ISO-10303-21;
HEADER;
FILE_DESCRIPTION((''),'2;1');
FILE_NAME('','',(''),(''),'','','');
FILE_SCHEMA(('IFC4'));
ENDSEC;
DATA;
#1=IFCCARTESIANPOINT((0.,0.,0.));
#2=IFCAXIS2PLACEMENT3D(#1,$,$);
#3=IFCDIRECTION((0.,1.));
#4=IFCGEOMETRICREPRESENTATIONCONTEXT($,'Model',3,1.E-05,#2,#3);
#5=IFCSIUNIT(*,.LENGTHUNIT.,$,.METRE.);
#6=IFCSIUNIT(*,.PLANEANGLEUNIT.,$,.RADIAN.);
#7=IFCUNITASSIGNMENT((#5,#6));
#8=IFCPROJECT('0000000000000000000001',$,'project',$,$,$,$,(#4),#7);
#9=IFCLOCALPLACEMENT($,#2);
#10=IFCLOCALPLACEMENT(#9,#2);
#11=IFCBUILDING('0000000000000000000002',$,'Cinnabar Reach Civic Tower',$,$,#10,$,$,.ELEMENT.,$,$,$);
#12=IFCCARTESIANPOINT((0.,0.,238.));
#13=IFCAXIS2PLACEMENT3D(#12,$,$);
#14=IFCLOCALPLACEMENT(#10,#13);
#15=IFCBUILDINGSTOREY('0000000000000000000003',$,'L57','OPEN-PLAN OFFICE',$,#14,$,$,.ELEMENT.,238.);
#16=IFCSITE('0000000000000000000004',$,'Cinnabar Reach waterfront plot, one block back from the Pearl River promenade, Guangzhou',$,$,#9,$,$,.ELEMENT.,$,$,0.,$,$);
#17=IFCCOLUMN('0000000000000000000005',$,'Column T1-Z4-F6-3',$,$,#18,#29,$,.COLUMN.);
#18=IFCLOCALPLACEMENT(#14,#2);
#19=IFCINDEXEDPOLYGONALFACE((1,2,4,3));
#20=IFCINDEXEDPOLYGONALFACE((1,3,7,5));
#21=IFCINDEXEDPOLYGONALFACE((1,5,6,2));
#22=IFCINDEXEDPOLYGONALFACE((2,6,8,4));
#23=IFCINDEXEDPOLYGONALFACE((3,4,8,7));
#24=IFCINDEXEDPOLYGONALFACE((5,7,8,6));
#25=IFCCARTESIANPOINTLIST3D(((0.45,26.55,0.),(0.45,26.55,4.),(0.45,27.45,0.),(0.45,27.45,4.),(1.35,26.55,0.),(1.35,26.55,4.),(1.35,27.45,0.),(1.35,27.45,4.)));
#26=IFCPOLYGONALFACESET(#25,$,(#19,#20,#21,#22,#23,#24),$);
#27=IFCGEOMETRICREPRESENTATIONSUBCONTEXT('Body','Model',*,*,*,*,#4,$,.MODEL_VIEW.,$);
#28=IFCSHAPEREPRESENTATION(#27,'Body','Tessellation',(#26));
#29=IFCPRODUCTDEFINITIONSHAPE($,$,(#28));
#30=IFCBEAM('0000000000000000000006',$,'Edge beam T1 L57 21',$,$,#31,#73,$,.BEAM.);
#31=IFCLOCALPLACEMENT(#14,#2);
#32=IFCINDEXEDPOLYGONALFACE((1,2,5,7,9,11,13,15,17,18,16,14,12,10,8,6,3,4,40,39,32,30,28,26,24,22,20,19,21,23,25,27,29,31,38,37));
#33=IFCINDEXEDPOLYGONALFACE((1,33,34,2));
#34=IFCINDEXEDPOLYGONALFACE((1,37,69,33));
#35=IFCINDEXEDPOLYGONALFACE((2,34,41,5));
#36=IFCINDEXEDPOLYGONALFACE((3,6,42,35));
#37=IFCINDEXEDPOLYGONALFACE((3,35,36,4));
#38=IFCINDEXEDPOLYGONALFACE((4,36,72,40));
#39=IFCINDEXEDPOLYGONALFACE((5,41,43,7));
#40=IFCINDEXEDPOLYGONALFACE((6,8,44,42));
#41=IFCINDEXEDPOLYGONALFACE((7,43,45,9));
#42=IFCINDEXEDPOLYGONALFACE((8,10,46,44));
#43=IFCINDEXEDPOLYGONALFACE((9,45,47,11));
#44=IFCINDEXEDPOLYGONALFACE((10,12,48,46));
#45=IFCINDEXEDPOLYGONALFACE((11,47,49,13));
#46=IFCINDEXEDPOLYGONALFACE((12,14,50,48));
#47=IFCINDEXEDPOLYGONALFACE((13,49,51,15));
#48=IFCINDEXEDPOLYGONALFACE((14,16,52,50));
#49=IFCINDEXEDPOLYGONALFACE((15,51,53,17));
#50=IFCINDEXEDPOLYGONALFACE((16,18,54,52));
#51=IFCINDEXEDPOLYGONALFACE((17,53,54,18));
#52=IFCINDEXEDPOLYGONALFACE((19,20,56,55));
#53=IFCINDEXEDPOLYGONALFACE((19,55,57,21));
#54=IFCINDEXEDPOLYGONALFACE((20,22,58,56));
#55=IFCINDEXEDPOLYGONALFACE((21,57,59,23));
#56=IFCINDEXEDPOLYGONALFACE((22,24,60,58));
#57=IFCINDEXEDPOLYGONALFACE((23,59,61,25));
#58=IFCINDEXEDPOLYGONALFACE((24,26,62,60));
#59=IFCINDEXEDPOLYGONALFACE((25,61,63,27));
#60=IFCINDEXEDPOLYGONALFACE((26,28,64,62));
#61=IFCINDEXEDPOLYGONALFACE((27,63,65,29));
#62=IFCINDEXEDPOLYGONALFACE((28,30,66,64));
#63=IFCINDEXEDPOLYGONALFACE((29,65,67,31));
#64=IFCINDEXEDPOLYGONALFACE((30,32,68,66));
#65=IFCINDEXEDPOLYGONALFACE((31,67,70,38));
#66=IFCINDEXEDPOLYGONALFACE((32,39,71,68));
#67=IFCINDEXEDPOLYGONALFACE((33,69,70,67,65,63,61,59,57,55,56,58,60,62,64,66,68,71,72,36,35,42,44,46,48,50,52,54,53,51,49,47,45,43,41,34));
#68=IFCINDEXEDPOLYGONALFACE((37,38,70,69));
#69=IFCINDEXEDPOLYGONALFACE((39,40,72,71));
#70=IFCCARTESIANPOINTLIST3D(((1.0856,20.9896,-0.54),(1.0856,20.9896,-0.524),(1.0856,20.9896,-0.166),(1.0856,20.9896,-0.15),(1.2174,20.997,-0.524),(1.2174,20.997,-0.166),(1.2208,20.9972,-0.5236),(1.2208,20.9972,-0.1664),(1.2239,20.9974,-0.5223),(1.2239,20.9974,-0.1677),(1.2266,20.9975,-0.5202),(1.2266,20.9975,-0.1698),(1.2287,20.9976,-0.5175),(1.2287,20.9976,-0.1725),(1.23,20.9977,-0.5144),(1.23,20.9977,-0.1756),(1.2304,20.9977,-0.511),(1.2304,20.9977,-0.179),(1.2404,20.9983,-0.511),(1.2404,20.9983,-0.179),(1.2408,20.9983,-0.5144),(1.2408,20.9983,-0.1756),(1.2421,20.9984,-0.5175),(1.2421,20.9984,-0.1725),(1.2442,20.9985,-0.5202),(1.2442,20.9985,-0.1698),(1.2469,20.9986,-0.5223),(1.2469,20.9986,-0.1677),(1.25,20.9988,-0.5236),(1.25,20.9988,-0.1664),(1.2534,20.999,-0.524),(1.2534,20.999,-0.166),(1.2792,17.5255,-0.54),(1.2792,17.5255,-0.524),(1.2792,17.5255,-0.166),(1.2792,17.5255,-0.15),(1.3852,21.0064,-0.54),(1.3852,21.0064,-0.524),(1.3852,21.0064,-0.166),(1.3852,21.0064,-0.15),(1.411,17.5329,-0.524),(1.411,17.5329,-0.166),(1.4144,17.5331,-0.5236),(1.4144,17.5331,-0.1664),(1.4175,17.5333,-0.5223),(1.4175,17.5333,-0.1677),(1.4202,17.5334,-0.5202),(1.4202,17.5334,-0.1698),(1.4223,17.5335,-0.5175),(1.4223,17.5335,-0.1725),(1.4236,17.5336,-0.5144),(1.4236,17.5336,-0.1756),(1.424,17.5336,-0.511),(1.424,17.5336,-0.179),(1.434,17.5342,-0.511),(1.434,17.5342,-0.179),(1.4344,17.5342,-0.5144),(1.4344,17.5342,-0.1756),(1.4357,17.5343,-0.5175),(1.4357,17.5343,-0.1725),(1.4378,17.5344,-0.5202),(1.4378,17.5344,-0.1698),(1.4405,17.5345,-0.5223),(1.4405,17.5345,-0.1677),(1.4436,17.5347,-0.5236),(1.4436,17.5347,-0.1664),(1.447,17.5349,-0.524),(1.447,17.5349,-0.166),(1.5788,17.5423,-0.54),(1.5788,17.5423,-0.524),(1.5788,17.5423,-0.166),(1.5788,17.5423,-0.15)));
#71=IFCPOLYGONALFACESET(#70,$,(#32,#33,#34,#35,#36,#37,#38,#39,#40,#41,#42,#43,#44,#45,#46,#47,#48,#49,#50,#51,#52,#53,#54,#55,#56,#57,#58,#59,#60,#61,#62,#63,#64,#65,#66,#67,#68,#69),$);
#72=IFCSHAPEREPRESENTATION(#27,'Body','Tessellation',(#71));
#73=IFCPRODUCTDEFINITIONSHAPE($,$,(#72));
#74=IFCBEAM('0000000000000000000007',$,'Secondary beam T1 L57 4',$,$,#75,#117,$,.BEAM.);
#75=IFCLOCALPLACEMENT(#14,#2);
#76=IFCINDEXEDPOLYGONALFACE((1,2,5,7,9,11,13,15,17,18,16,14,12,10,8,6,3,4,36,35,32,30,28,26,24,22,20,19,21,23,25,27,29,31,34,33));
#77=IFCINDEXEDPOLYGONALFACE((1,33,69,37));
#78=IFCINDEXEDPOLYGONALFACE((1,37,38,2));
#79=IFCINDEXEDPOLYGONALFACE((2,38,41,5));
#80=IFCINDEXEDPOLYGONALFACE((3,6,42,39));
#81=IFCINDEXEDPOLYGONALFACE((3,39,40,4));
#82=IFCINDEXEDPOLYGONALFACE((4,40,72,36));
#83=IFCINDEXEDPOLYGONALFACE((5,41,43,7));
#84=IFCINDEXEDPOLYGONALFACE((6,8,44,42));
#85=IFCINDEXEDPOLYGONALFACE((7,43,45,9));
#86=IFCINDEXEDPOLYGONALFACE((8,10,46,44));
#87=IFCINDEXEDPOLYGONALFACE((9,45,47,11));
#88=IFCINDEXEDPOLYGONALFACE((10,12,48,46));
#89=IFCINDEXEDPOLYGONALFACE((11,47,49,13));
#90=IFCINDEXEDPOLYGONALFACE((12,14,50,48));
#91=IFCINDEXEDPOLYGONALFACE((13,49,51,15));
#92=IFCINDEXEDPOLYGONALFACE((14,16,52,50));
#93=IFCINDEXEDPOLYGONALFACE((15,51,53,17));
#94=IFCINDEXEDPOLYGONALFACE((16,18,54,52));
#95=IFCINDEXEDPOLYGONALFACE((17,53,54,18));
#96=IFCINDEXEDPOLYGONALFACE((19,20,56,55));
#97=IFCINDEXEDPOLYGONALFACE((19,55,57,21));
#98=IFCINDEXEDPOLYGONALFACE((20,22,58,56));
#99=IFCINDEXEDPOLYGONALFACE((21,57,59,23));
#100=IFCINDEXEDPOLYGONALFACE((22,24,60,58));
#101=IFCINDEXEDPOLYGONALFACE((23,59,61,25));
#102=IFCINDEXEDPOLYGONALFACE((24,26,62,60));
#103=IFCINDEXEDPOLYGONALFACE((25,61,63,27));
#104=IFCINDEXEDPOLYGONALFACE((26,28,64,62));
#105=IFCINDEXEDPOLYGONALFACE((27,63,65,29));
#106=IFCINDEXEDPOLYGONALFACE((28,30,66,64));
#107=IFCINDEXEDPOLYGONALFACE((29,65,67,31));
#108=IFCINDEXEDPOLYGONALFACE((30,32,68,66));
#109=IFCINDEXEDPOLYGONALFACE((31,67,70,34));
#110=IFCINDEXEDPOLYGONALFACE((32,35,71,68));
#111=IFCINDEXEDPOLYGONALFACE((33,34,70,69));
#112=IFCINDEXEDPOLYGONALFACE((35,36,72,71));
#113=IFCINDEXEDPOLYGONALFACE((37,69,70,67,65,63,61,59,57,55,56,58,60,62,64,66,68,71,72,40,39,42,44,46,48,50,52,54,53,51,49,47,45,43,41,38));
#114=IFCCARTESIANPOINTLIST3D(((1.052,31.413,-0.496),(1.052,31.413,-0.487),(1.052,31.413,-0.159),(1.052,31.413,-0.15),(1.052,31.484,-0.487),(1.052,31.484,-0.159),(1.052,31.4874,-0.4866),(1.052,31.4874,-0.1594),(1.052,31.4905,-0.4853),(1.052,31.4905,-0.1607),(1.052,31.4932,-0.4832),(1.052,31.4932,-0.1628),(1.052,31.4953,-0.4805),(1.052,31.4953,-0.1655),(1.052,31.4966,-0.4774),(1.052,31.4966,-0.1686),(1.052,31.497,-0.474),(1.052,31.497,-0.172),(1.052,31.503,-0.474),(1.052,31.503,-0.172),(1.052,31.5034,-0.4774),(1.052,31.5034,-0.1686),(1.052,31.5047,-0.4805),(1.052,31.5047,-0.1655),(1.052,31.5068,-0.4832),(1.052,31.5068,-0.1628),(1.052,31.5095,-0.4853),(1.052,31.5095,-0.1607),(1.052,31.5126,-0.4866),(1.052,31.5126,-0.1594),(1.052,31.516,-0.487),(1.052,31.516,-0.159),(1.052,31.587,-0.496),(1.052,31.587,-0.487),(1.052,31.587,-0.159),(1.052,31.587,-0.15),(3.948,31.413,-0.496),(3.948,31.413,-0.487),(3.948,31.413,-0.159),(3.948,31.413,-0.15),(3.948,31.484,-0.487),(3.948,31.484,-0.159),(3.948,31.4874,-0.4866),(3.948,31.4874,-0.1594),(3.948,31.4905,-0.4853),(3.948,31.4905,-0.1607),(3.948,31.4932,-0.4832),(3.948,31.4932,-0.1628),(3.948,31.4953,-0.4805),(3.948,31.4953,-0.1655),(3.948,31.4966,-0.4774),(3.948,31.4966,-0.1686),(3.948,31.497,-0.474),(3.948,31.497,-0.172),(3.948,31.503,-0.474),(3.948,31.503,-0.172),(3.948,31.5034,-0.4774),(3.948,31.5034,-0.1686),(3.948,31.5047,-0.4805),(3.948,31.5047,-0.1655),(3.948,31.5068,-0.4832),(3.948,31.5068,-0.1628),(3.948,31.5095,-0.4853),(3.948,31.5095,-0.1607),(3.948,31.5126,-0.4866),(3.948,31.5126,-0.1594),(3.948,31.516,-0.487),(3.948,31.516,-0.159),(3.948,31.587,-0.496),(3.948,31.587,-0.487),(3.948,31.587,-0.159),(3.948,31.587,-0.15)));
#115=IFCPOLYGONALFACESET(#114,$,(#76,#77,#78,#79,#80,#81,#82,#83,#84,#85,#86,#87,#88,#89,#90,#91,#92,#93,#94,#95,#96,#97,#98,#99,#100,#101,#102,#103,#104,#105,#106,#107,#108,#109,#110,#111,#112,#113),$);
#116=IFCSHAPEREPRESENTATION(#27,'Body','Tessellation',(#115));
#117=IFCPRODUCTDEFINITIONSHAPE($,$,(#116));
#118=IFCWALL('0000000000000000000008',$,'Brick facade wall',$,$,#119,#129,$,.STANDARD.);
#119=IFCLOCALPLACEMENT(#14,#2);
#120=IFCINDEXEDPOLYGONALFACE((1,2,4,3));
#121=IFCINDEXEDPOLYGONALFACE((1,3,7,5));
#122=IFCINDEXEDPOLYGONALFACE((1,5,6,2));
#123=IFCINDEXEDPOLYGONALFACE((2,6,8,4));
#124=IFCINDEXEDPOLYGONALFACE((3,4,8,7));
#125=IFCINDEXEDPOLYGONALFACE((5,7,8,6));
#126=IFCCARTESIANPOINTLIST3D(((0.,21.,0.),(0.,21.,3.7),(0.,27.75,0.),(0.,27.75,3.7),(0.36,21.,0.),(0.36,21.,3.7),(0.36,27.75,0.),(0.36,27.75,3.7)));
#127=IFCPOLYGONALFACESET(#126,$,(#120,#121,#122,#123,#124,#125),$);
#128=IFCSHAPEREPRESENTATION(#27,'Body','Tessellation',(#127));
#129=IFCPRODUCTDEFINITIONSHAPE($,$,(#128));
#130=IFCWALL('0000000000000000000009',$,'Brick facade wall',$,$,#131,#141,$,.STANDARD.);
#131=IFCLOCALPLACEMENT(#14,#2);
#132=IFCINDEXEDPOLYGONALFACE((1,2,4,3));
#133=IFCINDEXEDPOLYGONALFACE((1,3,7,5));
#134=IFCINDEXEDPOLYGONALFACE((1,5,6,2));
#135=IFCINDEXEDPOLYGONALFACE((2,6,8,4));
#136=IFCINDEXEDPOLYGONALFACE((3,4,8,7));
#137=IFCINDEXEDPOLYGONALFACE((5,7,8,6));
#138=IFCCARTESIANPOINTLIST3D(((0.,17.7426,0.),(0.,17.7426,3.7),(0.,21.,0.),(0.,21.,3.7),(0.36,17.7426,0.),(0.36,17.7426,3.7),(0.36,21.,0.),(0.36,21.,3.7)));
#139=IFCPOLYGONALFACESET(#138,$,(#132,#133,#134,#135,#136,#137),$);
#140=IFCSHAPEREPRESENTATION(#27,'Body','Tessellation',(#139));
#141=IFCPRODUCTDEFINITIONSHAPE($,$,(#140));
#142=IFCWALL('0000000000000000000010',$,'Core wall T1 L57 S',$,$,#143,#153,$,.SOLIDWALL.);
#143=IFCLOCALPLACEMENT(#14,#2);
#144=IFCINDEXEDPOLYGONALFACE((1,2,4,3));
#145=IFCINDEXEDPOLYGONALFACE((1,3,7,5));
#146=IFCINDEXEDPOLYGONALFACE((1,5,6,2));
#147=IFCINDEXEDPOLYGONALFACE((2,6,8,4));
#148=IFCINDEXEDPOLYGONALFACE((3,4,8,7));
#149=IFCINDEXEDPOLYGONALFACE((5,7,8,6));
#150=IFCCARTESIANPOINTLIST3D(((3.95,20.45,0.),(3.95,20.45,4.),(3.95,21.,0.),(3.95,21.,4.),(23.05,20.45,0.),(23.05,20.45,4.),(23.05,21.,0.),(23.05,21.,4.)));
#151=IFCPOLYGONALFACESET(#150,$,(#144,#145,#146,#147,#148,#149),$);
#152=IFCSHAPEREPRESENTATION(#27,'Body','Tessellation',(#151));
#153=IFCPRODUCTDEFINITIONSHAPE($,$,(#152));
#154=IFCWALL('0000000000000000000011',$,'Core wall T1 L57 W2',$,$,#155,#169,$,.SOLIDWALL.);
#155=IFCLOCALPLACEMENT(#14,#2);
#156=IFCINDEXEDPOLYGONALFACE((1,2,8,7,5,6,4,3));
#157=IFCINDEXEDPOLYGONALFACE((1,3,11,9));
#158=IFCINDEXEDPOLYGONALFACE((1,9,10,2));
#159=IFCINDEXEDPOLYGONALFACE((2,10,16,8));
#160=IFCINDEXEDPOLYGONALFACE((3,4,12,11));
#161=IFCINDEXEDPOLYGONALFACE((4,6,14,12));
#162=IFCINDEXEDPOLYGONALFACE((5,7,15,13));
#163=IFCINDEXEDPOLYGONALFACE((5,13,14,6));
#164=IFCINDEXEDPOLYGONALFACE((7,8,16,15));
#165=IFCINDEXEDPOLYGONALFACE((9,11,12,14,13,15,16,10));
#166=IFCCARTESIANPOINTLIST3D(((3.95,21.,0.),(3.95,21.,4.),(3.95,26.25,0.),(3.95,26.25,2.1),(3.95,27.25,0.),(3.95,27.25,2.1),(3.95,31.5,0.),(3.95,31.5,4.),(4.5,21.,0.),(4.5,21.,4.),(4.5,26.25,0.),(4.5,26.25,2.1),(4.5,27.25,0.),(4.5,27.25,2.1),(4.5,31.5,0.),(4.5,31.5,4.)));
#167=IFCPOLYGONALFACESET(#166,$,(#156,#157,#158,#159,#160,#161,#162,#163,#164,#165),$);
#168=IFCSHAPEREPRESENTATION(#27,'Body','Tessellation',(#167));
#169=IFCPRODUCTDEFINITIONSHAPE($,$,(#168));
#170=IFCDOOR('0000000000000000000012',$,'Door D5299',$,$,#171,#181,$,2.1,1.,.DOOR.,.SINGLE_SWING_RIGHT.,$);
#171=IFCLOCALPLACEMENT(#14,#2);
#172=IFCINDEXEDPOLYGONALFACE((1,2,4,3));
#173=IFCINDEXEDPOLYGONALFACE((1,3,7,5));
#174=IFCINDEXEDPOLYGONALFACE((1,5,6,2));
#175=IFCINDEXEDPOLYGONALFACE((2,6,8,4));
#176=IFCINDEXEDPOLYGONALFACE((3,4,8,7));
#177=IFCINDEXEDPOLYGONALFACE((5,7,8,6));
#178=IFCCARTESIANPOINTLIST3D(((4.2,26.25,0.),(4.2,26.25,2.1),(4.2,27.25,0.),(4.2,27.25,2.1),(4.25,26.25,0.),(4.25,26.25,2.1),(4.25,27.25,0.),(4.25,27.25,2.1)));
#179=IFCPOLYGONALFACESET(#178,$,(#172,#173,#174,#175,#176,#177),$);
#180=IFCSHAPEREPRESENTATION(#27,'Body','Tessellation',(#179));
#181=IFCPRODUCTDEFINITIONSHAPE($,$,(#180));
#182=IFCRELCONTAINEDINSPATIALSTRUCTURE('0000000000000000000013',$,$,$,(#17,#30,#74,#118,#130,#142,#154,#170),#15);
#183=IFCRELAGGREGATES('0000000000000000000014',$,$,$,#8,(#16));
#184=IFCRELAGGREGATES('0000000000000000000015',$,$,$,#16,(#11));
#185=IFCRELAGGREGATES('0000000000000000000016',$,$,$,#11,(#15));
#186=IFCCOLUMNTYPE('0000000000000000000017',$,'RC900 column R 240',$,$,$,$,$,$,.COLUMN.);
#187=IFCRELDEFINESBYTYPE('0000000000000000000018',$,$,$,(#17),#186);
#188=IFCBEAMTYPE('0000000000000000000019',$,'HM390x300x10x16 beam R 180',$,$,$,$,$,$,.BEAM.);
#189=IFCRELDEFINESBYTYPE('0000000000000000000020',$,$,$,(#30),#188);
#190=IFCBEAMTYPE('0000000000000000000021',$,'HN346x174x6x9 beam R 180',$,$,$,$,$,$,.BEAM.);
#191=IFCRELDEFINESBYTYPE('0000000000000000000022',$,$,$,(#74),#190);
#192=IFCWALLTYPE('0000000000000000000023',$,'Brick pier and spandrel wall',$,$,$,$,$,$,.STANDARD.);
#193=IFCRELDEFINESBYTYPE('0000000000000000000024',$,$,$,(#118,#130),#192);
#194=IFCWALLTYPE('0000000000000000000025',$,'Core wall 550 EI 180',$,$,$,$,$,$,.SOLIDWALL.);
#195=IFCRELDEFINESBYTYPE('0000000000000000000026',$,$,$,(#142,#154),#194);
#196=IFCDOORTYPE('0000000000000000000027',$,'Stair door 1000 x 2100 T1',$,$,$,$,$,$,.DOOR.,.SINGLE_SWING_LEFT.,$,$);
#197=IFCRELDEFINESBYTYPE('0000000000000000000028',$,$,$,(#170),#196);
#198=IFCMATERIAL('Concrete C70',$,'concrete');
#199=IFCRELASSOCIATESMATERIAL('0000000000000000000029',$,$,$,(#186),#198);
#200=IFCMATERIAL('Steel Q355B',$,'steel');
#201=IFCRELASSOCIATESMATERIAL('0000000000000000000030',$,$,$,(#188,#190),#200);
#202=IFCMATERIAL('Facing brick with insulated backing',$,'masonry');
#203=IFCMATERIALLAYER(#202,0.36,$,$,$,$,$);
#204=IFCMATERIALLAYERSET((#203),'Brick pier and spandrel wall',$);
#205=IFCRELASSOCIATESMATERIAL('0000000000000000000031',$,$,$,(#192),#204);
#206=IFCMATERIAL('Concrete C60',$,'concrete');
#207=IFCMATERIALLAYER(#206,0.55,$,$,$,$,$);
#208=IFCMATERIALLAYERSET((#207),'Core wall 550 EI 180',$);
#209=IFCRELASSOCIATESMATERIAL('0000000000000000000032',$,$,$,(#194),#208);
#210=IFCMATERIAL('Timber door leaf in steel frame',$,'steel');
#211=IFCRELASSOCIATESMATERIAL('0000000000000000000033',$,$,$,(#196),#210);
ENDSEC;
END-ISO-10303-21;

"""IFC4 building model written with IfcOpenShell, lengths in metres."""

from ifc_helpers import new_model, si_unit, direction, frame, frame_2d, origin, origin_2d, place, context, subcontext, project, spatial, rectangle, i_section, extrude, material, layer, layer_set, material_profile, profile_set, type_object, element, fill, save


model = new_model("IFC4")

# Units and contexts
model_context = context("Model", 3, precision=1e-05, world=origin(), true_north=direction((0.0, 1.0)))
body_context = subcontext(model_context, "Body", "Model", "MODEL_VIEW")
ifc_project = project(units=[si_unit("LENGTHUNIT", "METRE"), si_unit("PLANEANGLEUNIT", "RADIAN")], contexts=[model_context])

# Site, building, storey
site_placement = place(None, origin())
site = spatial("IfcSite", under=ifc_project, at=site_placement, Name="Cinnabar Reach waterfront plot, one block back from the Pearl River promenade, Guangzhou", CompositionType="ELEMENT", RefElevation=0.0)
building_placement = place(site_placement, origin())
building = spatial("IfcBuilding", under=site, at=building_placement, Name="Cinnabar Reach Civic Tower", CompositionType="ELEMENT")
storey_placement = place(building_placement, frame((0.0, 0.0, 238.0)))
storey = spatial("IfcBuildingStorey", under=building, at=storey_placement, Name="L57", Description="OPEN-PLAN OFFICE", CompositionType="ELEMENT", Elevation=238.0)

# Column
ifc_material_1 = material(Name="Concrete C70", Category="concrete")
ifc_material_profile_1 = material_profile(ifc_material_1, rectangle(XDim=0.9, YDim=0.9, at=origin_2d()), Name="RC900")
ifc_profile_set_1 = profile_set([ifc_material_profile_1], Name="Concrete C70")
column_type = type_object("IfcColumnType", Name="RC900 column R 240", PredefinedType="COLUMN", material=ifc_profile_set_1)
column_placement = place(storey_placement, frame((0.9, 27.0, 0.0), z_axis=(0.0, 0.0, 1.0), x_axis=(1.0, 0.0, 0.0)))
element("IfcColumn", 1, at=column_placement, inside=storey, type_object=column_type, Name="Column T1-Z4-F6-3", PredefinedType="COLUMN", context=body_context, shape_type="SweptSolid", body=[
    extrude(rectangle(XDim=0.9, YDim=0.9, at=origin_2d()), origin(), (0.0, 0.0, 1.0), 4.0),
])

# Beams
ifc_material_2 = material(Name="Steel Q355B", Category="steel")
ifc_material_profile_2 = material_profile(ifc_material_2, i_section(OverallWidth=0.3, OverallDepth=0.39, WebThickness=0.01, FlangeThickness=0.016, FilletRadius=0.013, at=origin_2d()), Name="HM390x300x10x16")
ifc_profile_set_2 = profile_set([ifc_material_profile_2], Name="Steel Q355B")
beam_type_1 = type_object("IfcBeamType", Name="HM390x300x10x16 beam R 180", PredefinedType="BEAM", material=ifc_profile_set_2)
beam_1_placement = place(storey_placement, frame((1.2354, 20.998, -0.345), z_axis=(0.0558, -0.998442, 0.0), x_axis=(0.998442, 0.0558, 0.0)))
element("IfcBeam", 2, at=beam_1_placement, inside=storey, type_object=beam_type_1, Name="Edge beam T1 L57 21", PredefinedType="BEAM", context=body_context, shape_type="SweptSolid", body=[
    extrude(i_section(OverallWidth=0.3, OverallDepth=0.39, WebThickness=0.01, FlangeThickness=0.016, FilletRadius=0.013, at=origin_2d()), origin(), (0.0, 0.0, 1.0), 3.4695),
])
ifc_material_profile_3 = material_profile(ifc_material_2, i_section(OverallWidth=0.174, OverallDepth=0.346, WebThickness=0.006, FlangeThickness=0.009, FilletRadius=0.013, at=origin_2d()), Name="HN346x174x6x9")
ifc_profile_set_3 = profile_set([ifc_material_profile_3], Name="Steel Q355B")
beam_type_2 = type_object("IfcBeamType", Name="HN346x174x6x9 beam R 180", PredefinedType="BEAM", material=ifc_profile_set_3)
beam_2_placement = place(storey_placement, frame((1.052, 31.5, -0.323), z_axis=(1.0, 0.0, 0.0), x_axis=(0.0, 1.0, 0.0)))
element("IfcBeam", 3, at=beam_2_placement, inside=storey, type_object=beam_type_2, Name="Secondary beam T1 L57 4", PredefinedType="BEAM", context=body_context, shape_type="SweptSolid", body=[
    extrude(i_section(OverallWidth=0.174, OverallDepth=0.346, WebThickness=0.006, FlangeThickness=0.009, FilletRadius=0.013, at=origin_2d()), origin(), (0.0, 0.0, 1.0), 2.896),
])

# Walls
ifc_material_3 = material(Name="Facing brick with insulated backing", Category="masonry")
ifc_layer_1 = layer(ifc_material_3, 0.36)
ifc_layer_set_1 = layer_set([ifc_layer_1], Name="Brick pier and spandrel wall")
wall_type_1 = type_object("IfcWallType", Name="Brick pier and spandrel wall", PredefinedType="STANDARD", material=ifc_layer_set_1)
wall_1_placement = place(storey_placement, frame((0.18, 27.75, 0.0), z_axis=(0.0, 0.0, 1.0), x_axis=(0.0, -1.0, 0.0)))
element("IfcWall", 4, at=wall_1_placement, inside=storey, type_object=wall_type_1, Name="Brick facade wall", PredefinedType="STANDARD", context=body_context, shape_type="SweptSolid", body=[
    extrude(rectangle(XDim=6.75, YDim=0.36, at=frame_2d((3.375, 0.0))), origin(), (0.0, 0.0, 1.0), 3.7),
])
wall_2_placement = place(storey_placement, frame((0.18, 21.0, 0.0), z_axis=(0.0, 0.0, 1.0), x_axis=(0.0, -1.0, 0.0)))
element("IfcWall", 5, at=wall_2_placement, inside=storey, type_object=wall_type_1, Name="Brick facade wall", PredefinedType="STANDARD", context=body_context, shape_type="SweptSolid", body=[
    extrude(rectangle(XDim=3.2574, YDim=0.36, at=frame_2d((1.6287, 0.0))), origin(), (0.0, 0.0, 1.0), 3.7),
])
ifc_material_4 = material(Name="Concrete C60", Category="concrete")
ifc_layer_2 = layer(ifc_material_4, 0.55)
ifc_layer_set_2 = layer_set([ifc_layer_2], Name="Core wall 550 EI 180")
wall_type_2 = type_object("IfcWallType", Name="Core wall 550 EI 180", PredefinedType="SOLIDWALL", material=ifc_layer_set_2)
wall_3_placement = place(storey_placement, frame((3.95, 20.725, 0.0), z_axis=(0.0, 0.0, 1.0), x_axis=(1.0, 0.0, 0.0)))
element("IfcWall", 6, at=wall_3_placement, inside=storey, type_object=wall_type_2, Name="Core wall T1 L57 S", PredefinedType="SOLIDWALL", context=body_context, shape_type="SweptSolid", body=[
    extrude(rectangle(XDim=19.1, YDim=0.55, at=frame_2d((9.55, 0.0))), origin(), (0.0, 0.0, 1.0), 4.0),
])

# Wall, opening, door
wall_4_placement = place(storey_placement, frame((4.225, 31.5, 0.0), z_axis=(0.0, 0.0, 1.0), x_axis=(0.0, -1.0, 0.0)))
wall_4 = element("IfcWall", 7, at=wall_4_placement, inside=storey, type_object=wall_type_2, Name="Core wall T1 L57 W2", PredefinedType="SOLIDWALL", context=body_context, shape_type="SweptSolid", body=[
    extrude(rectangle(XDim=10.5, YDim=0.55, at=frame_2d((5.25, 0.0))), origin(), (0.0, 0.0, 1.0), 4.0),
])
opening_1_placement = place(wall_4_placement, frame((4.25, 0.0, 0.0)))
opening_1 = element("IfcOpeningElement", 8, at=opening_1_placement, cuts=wall_4, PredefinedType="OPENING", context=body_context, shape_type="SweptSolid", body=[
    extrude(rectangle(XDim=1.0, YDim=2.1, at=frame_2d((0.5, 1.05))), frame((0.0, 0.285, 0.0), z_axis=(0.0, -1.0, 0.0), x_axis=(1.0, 0.0, 0.0)), (0.0, 0.0, 1.0), 0.57),
])
ifc_material_5 = material(Name="Timber door leaf in steel frame", Category="steel")
door_type_1 = type_object("IfcDoorType", Name="Stair door 1000 x 2100 T1", OperationType="SINGLE_SWING_LEFT", PredefinedType="DOOR", material=ifc_material_5)
door_1_placement = place(opening_1_placement, frame((1.0, 0.0, 0.0), z_axis=(0.0, 0.0, 1.0), x_axis=(-1.0, 0.0, 0.0)))
door_1 = element("IfcDoor", 9, at=door_1_placement, inside=storey, type_object=door_type_1, Name="Door D5299", OperationType="SINGLE_SWING_RIGHT", OverallHeight=2.1, OverallWidth=1.0, PredefinedType="DOOR", context=body_context, shape_type="SweptSolid", body=[
    extrude(rectangle(XDim=1.0, YDim=2.1, at=frame_2d((0.5, 1.05))), frame((0.0, 0.025, 0.0), z_axis=(0.0, -1.0, 0.0), x_axis=(1.0, 0.0, 0.0)), (0.0, 0.0, 1.0), 0.05),
])
fill(opening_1, door_1)

save(model, "model.ifc")
